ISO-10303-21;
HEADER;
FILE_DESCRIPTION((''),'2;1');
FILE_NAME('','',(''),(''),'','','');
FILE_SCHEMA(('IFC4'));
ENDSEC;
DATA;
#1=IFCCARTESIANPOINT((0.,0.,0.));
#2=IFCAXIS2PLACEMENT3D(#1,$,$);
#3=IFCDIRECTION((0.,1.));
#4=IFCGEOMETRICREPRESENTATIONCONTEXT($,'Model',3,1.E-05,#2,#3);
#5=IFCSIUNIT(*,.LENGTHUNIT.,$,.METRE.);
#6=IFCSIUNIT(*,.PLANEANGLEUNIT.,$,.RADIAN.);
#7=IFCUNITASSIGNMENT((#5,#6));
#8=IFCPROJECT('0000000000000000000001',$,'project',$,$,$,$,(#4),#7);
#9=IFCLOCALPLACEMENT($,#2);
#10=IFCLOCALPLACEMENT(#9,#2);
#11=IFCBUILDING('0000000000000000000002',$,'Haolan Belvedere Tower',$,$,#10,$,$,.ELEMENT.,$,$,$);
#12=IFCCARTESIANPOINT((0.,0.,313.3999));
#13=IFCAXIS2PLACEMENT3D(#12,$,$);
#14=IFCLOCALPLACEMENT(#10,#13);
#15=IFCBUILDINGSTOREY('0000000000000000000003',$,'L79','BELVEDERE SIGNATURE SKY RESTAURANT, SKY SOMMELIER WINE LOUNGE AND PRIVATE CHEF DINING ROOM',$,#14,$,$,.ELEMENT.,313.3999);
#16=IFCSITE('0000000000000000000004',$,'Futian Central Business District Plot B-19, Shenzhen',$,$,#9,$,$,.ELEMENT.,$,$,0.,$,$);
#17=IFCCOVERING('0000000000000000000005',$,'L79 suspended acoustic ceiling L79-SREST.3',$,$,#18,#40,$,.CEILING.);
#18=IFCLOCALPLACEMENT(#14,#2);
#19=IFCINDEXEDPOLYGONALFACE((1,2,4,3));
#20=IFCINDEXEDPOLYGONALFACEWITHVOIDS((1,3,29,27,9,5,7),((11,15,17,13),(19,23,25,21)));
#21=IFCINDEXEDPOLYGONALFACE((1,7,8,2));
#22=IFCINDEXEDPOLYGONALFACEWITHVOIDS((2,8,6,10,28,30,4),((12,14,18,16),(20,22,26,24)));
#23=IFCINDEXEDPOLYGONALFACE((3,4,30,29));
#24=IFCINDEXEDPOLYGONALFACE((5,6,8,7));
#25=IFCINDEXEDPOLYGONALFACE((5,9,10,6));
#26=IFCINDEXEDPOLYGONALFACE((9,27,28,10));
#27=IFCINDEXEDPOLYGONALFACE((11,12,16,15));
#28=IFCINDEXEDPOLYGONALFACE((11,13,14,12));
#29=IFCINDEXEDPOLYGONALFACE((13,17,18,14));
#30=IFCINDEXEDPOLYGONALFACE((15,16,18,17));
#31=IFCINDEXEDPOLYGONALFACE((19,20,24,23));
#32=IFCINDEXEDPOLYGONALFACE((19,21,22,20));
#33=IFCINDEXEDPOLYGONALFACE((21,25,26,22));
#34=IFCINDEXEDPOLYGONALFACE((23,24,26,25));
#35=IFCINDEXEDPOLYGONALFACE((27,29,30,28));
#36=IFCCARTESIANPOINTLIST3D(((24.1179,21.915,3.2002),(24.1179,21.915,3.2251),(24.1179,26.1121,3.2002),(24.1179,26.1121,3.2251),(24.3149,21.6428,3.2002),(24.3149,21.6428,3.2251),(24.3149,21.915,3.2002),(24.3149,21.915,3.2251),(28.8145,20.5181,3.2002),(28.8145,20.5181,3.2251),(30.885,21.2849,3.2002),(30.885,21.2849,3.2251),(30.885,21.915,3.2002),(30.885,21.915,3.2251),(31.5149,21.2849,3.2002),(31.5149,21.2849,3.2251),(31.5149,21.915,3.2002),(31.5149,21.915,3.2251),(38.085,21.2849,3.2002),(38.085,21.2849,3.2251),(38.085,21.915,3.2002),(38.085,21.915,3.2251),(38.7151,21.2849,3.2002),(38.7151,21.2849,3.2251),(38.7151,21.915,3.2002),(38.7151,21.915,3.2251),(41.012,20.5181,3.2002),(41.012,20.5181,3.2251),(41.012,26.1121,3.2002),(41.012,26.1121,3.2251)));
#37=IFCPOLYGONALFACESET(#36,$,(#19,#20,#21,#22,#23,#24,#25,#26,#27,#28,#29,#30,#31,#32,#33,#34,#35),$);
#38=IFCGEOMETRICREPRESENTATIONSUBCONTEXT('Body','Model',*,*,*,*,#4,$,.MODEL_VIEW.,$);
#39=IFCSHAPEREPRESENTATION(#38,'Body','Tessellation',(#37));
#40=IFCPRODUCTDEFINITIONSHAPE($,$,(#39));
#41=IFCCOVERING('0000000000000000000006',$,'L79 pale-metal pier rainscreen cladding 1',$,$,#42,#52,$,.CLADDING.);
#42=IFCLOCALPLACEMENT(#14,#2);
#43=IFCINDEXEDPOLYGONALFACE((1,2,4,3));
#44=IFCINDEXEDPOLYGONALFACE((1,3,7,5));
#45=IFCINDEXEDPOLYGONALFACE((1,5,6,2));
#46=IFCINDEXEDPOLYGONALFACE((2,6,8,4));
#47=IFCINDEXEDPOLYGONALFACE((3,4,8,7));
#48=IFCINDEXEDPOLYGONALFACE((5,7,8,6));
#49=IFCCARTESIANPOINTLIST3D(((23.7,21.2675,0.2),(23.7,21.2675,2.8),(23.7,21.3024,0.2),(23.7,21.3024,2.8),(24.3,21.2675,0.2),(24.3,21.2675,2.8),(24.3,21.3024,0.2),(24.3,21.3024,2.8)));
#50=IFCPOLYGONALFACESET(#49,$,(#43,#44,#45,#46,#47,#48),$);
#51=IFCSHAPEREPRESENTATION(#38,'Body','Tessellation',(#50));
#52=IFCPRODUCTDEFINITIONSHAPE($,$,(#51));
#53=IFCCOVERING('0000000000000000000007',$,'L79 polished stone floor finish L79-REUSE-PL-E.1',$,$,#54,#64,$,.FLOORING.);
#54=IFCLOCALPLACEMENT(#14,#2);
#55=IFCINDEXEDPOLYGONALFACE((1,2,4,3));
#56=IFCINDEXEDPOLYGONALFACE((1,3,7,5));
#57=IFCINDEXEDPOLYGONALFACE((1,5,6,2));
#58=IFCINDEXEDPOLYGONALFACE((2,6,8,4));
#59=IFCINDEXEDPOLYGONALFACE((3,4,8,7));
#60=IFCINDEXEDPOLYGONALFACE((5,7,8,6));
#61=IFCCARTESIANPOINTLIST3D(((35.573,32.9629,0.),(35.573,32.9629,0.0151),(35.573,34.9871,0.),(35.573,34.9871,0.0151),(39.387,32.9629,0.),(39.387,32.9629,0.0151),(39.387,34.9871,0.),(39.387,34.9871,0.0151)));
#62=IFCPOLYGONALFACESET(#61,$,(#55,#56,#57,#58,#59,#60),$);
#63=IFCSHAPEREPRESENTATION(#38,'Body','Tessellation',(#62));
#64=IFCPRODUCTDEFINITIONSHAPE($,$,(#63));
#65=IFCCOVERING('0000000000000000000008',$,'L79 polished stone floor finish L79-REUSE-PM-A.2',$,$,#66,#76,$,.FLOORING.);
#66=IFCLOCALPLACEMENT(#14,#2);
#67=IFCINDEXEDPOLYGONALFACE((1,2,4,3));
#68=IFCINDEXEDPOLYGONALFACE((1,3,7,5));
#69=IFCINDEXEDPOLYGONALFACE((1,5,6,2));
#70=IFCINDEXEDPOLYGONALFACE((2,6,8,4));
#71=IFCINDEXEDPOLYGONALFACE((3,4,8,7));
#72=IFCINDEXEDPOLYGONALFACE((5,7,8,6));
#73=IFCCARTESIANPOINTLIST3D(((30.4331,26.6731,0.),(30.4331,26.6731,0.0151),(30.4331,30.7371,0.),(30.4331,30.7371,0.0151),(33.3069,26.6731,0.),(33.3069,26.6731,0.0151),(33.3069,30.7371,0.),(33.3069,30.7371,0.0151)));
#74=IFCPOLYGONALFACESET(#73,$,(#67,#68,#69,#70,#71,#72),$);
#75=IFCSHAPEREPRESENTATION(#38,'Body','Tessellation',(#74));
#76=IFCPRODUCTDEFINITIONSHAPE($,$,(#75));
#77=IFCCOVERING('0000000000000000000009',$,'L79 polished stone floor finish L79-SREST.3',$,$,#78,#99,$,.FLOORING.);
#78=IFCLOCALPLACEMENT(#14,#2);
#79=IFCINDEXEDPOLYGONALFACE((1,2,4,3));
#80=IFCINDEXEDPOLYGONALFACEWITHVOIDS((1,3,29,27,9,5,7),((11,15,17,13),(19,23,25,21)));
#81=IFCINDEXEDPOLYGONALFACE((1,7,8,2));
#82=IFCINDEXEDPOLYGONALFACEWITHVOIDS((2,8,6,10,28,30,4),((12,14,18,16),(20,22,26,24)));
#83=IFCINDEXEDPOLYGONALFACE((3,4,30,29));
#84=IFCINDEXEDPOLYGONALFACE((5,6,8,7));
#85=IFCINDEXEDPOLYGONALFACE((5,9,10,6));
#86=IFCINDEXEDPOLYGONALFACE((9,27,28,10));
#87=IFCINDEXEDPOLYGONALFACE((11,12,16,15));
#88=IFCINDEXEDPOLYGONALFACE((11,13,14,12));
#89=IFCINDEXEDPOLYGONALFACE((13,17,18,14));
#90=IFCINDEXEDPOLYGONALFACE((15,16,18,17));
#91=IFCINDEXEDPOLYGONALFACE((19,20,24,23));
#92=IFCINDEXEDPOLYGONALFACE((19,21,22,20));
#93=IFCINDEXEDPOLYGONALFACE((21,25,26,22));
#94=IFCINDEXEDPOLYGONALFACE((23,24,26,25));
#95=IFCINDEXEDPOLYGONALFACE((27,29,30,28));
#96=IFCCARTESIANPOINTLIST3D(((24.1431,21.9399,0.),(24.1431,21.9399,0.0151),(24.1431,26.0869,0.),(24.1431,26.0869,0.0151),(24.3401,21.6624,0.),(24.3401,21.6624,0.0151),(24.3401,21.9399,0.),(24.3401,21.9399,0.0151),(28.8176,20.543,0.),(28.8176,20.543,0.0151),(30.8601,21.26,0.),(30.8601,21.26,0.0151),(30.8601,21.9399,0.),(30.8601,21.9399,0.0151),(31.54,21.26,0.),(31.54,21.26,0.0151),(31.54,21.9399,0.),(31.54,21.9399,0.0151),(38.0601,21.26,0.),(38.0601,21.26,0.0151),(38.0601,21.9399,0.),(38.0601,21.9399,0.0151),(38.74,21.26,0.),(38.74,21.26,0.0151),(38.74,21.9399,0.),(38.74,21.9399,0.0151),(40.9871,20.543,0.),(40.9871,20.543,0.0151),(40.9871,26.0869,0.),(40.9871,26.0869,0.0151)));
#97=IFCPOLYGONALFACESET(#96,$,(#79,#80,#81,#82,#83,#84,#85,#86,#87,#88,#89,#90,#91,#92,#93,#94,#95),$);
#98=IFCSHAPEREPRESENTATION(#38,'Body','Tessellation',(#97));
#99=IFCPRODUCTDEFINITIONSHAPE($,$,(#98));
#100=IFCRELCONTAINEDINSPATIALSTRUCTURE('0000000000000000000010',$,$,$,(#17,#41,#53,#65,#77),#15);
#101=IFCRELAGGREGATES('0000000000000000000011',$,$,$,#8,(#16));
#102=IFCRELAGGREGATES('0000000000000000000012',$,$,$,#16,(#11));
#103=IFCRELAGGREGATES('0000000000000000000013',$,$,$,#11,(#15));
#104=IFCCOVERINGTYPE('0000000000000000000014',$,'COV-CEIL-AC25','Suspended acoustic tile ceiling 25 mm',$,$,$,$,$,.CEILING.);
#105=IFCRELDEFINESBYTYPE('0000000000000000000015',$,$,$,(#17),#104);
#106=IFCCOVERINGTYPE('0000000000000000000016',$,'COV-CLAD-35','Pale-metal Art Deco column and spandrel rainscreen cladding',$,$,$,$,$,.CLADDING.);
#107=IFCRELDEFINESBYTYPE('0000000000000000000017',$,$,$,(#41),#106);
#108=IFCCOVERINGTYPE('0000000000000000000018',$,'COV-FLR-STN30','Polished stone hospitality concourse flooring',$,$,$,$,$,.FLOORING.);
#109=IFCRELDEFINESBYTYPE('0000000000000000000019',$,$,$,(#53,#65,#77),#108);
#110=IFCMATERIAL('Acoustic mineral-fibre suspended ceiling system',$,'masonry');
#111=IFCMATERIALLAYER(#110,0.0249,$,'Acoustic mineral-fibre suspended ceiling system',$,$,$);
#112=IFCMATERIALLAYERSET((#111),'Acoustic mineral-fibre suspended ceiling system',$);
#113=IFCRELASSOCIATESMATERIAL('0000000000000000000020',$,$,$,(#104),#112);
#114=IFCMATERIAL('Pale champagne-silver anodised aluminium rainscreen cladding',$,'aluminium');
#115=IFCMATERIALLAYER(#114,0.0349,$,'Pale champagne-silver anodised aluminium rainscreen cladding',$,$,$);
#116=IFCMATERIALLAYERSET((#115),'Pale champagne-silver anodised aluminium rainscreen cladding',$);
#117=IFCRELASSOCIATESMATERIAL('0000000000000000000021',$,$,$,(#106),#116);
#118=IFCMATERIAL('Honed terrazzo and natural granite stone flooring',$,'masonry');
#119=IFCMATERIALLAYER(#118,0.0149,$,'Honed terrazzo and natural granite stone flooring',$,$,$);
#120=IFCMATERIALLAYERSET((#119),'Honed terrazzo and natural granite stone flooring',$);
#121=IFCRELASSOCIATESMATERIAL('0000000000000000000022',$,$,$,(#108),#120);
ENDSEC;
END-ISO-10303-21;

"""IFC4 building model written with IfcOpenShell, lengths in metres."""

from ifc_helpers import new_model, si_unit, direction, frame, origin, origin_2d, place, context, subcontext, project, spatial, polyline, rectangle, outline, extrude, material, layer, layer_set, type_object, element, save


model = new_model("IFC4")

# Units and contexts
model_context = context("Model", 3, precision=1e-05, world=origin(), true_north=direction((0.0, 1.0)))
body_context = subcontext(model_context, "Body", "Model", "MODEL_VIEW")
ifc_project = project(units=[si_unit("LENGTHUNIT", "METRE"), si_unit("PLANEANGLEUNIT", "RADIAN")], contexts=[model_context])

# Site, building, storey
site_placement = place(None, origin())
site = spatial("IfcSite", under=ifc_project, at=site_placement, Name="Futian Central Business District Plot B-19, Shenzhen", CompositionType="ELEMENT", RefElevation=0.0)
building_placement = place(site_placement, origin())
building = spatial("IfcBuilding", under=site, at=building_placement, Name="Haolan Belvedere Tower", CompositionType="ELEMENT")
storey_placement = place(building_placement, frame((0.0, 0.0, 313.3999)))
storey = spatial("IfcBuildingStorey", under=building, at=storey_placement, Name="L79", Description="BELVEDERE SIGNATURE SKY RESTAURANT, SKY SOMMELIER WINE LOUNGE AND PRIVATE CHEF DINING ROOM", CompositionType="ELEMENT", Elevation=313.3999)

# Coverings
ifc_material_1 = material(Name="Acoustic mineral-fibre suspended ceiling system", Category="masonry")
ifc_layer_1 = layer(ifc_material_1, 0.0249, Name="Acoustic mineral-fibre suspended ceiling system")
ifc_layer_set_1 = layer_set([ifc_layer_1], Name="Acoustic mineral-fibre suspended ceiling system")
covering_type_1 = type_object("IfcCoveringType", Name="COV-CEIL-AC25", Description="Suspended acoustic tile ceiling 25 mm", PredefinedType="CEILING", material=ifc_layer_set_1)
covering_1_placement = place(storey_placement, frame((0.0, 0.0, 3.2002)))
element("IfcCovering", 1, at=covering_1_placement, inside=storey, type_object=covering_type_1, Name="L79 suspended acoustic ceiling L79-SREST.3", PredefinedType="CEILING", context=body_context, shape_type="SweptSolid", body=[
    extrude(outline(polyline([(24.1179, 21.915), (24.3149, 21.915), (24.3149, 21.6428), (28.8145, 20.5181), (41.012, 20.5181), (41.012, 26.1121), (24.1179, 26.1121), (24.1179, 21.915)]), holes=[polyline([(38.7151, 21.2849), (38.085, 21.2849), (38.085, 21.915), (38.7151, 21.915), (38.7151, 21.2849)]), polyline([(31.5149, 21.2849), (30.885, 21.2849), (30.885, 21.915), (31.5149, 21.915), (31.5149, 21.2849)])]), origin(), (0.0, 0.0, 1.0), 0.0249),
])
ifc_material_2 = material(Name="Pale champagne-silver anodised aluminium rainscreen cladding", Category="aluminium")
ifc_layer_2 = layer(ifc_material_2, 0.0349, Name="Pale champagne-silver anodised aluminium rainscreen cladding")
ifc_layer_set_2 = layer_set([ifc_layer_2], Name="Pale champagne-silver anodised aluminium rainscreen cladding")
covering_type_2 = type_object("IfcCoveringType", Name="COV-CLAD-35", Description="Pale-metal Art Deco column and spandrel rainscreen cladding", PredefinedType="CLADDING", material=ifc_layer_set_2)
covering_2_placement = place(storey_placement, frame((24.0, 21.2849, 0.2), z_axis=(0.0, 0.0, 1.0), x_axis=(1.0, 0.0, 0.0)))
element("IfcCovering", 2, at=covering_2_placement, inside=storey, type_object=covering_type_2, Name="L79 pale-metal pier rainscreen cladding 1", PredefinedType="CLADDING", context=body_context, shape_type="SweptSolid", body=[
    extrude(rectangle(XDim=0.6001, YDim=0.0349, at=origin_2d()), origin(), (0.0, 0.0, 1.0), 2.6001),
])
ifc_material_3 = material(Name="Honed terrazzo and natural granite stone flooring", Category="masonry")
ifc_layer_3 = layer(ifc_material_3, 0.0149, Name="Honed terrazzo and natural granite stone flooring")
ifc_layer_set_3 = layer_set([ifc_layer_3], Name="Honed terrazzo and natural granite stone flooring")
covering_type_3 = type_object("IfcCoveringType", Name="COV-FLR-STN30", Description="Polished stone hospitality concourse flooring", PredefinedType="FLOORING", material=ifc_layer_set_3)
covering_3_placement = place(storey_placement, origin())
element("IfcCovering", 3, at=covering_3_placement, inside=storey, type_object=covering_type_3, Name="L79 polished stone floor finish L79-REUSE-PL-E.1", PredefinedType="FLOORING", context=body_context, shape_type="SweptSolid", body=[
    extrude(outline(polyline([(39.387, 32.9629), (39.387, 34.9871), (35.573, 34.9871), (35.573, 32.9629), (39.387, 32.9629)])), origin(), (0.0, 0.0, 1.0), 0.0151),
])
covering_4_placement = place(storey_placement, origin())
element("IfcCovering", 4, at=covering_4_placement, inside=storey, type_object=covering_type_3, Name="L79 polished stone floor finish L79-REUSE-PM-A.2", PredefinedType="FLOORING", context=body_context, shape_type="SweptSolid", body=[
    extrude(outline(polyline([(33.3069, 26.6731), (33.3069, 30.7371), (30.4331, 30.7371), (30.4331, 26.6731), (33.3069, 26.6731)])), origin(), (0.0, 0.0, 1.0), 0.0151),
])
covering_5_placement = place(storey_placement, origin())
element("IfcCovering", 5, at=covering_5_placement, inside=storey, type_object=covering_type_3, Name="L79 polished stone floor finish L79-SREST.3", PredefinedType="FLOORING", context=body_context, shape_type="SweptSolid", body=[
    extrude(outline(polyline([(24.3401, 21.9399), (24.3401, 21.6624), (28.8176, 20.543), (40.9871, 20.543), (40.9871, 26.0869), (24.1431, 26.0869), (24.1431, 21.9399), (24.3401, 21.9399)]), holes=[polyline([(38.0601, 21.26), (38.0601, 21.9399), (38.74, 21.9399), (38.74, 21.26), (38.0601, 21.26)]), polyline([(30.8601, 21.26), (30.8601, 21.9399), (31.54, 21.9399), (31.54, 21.26), (30.8601, 21.26)])]), origin(), (0.0, 0.0, 1.0), 0.0151),
])

save(model, "model.ifc")
